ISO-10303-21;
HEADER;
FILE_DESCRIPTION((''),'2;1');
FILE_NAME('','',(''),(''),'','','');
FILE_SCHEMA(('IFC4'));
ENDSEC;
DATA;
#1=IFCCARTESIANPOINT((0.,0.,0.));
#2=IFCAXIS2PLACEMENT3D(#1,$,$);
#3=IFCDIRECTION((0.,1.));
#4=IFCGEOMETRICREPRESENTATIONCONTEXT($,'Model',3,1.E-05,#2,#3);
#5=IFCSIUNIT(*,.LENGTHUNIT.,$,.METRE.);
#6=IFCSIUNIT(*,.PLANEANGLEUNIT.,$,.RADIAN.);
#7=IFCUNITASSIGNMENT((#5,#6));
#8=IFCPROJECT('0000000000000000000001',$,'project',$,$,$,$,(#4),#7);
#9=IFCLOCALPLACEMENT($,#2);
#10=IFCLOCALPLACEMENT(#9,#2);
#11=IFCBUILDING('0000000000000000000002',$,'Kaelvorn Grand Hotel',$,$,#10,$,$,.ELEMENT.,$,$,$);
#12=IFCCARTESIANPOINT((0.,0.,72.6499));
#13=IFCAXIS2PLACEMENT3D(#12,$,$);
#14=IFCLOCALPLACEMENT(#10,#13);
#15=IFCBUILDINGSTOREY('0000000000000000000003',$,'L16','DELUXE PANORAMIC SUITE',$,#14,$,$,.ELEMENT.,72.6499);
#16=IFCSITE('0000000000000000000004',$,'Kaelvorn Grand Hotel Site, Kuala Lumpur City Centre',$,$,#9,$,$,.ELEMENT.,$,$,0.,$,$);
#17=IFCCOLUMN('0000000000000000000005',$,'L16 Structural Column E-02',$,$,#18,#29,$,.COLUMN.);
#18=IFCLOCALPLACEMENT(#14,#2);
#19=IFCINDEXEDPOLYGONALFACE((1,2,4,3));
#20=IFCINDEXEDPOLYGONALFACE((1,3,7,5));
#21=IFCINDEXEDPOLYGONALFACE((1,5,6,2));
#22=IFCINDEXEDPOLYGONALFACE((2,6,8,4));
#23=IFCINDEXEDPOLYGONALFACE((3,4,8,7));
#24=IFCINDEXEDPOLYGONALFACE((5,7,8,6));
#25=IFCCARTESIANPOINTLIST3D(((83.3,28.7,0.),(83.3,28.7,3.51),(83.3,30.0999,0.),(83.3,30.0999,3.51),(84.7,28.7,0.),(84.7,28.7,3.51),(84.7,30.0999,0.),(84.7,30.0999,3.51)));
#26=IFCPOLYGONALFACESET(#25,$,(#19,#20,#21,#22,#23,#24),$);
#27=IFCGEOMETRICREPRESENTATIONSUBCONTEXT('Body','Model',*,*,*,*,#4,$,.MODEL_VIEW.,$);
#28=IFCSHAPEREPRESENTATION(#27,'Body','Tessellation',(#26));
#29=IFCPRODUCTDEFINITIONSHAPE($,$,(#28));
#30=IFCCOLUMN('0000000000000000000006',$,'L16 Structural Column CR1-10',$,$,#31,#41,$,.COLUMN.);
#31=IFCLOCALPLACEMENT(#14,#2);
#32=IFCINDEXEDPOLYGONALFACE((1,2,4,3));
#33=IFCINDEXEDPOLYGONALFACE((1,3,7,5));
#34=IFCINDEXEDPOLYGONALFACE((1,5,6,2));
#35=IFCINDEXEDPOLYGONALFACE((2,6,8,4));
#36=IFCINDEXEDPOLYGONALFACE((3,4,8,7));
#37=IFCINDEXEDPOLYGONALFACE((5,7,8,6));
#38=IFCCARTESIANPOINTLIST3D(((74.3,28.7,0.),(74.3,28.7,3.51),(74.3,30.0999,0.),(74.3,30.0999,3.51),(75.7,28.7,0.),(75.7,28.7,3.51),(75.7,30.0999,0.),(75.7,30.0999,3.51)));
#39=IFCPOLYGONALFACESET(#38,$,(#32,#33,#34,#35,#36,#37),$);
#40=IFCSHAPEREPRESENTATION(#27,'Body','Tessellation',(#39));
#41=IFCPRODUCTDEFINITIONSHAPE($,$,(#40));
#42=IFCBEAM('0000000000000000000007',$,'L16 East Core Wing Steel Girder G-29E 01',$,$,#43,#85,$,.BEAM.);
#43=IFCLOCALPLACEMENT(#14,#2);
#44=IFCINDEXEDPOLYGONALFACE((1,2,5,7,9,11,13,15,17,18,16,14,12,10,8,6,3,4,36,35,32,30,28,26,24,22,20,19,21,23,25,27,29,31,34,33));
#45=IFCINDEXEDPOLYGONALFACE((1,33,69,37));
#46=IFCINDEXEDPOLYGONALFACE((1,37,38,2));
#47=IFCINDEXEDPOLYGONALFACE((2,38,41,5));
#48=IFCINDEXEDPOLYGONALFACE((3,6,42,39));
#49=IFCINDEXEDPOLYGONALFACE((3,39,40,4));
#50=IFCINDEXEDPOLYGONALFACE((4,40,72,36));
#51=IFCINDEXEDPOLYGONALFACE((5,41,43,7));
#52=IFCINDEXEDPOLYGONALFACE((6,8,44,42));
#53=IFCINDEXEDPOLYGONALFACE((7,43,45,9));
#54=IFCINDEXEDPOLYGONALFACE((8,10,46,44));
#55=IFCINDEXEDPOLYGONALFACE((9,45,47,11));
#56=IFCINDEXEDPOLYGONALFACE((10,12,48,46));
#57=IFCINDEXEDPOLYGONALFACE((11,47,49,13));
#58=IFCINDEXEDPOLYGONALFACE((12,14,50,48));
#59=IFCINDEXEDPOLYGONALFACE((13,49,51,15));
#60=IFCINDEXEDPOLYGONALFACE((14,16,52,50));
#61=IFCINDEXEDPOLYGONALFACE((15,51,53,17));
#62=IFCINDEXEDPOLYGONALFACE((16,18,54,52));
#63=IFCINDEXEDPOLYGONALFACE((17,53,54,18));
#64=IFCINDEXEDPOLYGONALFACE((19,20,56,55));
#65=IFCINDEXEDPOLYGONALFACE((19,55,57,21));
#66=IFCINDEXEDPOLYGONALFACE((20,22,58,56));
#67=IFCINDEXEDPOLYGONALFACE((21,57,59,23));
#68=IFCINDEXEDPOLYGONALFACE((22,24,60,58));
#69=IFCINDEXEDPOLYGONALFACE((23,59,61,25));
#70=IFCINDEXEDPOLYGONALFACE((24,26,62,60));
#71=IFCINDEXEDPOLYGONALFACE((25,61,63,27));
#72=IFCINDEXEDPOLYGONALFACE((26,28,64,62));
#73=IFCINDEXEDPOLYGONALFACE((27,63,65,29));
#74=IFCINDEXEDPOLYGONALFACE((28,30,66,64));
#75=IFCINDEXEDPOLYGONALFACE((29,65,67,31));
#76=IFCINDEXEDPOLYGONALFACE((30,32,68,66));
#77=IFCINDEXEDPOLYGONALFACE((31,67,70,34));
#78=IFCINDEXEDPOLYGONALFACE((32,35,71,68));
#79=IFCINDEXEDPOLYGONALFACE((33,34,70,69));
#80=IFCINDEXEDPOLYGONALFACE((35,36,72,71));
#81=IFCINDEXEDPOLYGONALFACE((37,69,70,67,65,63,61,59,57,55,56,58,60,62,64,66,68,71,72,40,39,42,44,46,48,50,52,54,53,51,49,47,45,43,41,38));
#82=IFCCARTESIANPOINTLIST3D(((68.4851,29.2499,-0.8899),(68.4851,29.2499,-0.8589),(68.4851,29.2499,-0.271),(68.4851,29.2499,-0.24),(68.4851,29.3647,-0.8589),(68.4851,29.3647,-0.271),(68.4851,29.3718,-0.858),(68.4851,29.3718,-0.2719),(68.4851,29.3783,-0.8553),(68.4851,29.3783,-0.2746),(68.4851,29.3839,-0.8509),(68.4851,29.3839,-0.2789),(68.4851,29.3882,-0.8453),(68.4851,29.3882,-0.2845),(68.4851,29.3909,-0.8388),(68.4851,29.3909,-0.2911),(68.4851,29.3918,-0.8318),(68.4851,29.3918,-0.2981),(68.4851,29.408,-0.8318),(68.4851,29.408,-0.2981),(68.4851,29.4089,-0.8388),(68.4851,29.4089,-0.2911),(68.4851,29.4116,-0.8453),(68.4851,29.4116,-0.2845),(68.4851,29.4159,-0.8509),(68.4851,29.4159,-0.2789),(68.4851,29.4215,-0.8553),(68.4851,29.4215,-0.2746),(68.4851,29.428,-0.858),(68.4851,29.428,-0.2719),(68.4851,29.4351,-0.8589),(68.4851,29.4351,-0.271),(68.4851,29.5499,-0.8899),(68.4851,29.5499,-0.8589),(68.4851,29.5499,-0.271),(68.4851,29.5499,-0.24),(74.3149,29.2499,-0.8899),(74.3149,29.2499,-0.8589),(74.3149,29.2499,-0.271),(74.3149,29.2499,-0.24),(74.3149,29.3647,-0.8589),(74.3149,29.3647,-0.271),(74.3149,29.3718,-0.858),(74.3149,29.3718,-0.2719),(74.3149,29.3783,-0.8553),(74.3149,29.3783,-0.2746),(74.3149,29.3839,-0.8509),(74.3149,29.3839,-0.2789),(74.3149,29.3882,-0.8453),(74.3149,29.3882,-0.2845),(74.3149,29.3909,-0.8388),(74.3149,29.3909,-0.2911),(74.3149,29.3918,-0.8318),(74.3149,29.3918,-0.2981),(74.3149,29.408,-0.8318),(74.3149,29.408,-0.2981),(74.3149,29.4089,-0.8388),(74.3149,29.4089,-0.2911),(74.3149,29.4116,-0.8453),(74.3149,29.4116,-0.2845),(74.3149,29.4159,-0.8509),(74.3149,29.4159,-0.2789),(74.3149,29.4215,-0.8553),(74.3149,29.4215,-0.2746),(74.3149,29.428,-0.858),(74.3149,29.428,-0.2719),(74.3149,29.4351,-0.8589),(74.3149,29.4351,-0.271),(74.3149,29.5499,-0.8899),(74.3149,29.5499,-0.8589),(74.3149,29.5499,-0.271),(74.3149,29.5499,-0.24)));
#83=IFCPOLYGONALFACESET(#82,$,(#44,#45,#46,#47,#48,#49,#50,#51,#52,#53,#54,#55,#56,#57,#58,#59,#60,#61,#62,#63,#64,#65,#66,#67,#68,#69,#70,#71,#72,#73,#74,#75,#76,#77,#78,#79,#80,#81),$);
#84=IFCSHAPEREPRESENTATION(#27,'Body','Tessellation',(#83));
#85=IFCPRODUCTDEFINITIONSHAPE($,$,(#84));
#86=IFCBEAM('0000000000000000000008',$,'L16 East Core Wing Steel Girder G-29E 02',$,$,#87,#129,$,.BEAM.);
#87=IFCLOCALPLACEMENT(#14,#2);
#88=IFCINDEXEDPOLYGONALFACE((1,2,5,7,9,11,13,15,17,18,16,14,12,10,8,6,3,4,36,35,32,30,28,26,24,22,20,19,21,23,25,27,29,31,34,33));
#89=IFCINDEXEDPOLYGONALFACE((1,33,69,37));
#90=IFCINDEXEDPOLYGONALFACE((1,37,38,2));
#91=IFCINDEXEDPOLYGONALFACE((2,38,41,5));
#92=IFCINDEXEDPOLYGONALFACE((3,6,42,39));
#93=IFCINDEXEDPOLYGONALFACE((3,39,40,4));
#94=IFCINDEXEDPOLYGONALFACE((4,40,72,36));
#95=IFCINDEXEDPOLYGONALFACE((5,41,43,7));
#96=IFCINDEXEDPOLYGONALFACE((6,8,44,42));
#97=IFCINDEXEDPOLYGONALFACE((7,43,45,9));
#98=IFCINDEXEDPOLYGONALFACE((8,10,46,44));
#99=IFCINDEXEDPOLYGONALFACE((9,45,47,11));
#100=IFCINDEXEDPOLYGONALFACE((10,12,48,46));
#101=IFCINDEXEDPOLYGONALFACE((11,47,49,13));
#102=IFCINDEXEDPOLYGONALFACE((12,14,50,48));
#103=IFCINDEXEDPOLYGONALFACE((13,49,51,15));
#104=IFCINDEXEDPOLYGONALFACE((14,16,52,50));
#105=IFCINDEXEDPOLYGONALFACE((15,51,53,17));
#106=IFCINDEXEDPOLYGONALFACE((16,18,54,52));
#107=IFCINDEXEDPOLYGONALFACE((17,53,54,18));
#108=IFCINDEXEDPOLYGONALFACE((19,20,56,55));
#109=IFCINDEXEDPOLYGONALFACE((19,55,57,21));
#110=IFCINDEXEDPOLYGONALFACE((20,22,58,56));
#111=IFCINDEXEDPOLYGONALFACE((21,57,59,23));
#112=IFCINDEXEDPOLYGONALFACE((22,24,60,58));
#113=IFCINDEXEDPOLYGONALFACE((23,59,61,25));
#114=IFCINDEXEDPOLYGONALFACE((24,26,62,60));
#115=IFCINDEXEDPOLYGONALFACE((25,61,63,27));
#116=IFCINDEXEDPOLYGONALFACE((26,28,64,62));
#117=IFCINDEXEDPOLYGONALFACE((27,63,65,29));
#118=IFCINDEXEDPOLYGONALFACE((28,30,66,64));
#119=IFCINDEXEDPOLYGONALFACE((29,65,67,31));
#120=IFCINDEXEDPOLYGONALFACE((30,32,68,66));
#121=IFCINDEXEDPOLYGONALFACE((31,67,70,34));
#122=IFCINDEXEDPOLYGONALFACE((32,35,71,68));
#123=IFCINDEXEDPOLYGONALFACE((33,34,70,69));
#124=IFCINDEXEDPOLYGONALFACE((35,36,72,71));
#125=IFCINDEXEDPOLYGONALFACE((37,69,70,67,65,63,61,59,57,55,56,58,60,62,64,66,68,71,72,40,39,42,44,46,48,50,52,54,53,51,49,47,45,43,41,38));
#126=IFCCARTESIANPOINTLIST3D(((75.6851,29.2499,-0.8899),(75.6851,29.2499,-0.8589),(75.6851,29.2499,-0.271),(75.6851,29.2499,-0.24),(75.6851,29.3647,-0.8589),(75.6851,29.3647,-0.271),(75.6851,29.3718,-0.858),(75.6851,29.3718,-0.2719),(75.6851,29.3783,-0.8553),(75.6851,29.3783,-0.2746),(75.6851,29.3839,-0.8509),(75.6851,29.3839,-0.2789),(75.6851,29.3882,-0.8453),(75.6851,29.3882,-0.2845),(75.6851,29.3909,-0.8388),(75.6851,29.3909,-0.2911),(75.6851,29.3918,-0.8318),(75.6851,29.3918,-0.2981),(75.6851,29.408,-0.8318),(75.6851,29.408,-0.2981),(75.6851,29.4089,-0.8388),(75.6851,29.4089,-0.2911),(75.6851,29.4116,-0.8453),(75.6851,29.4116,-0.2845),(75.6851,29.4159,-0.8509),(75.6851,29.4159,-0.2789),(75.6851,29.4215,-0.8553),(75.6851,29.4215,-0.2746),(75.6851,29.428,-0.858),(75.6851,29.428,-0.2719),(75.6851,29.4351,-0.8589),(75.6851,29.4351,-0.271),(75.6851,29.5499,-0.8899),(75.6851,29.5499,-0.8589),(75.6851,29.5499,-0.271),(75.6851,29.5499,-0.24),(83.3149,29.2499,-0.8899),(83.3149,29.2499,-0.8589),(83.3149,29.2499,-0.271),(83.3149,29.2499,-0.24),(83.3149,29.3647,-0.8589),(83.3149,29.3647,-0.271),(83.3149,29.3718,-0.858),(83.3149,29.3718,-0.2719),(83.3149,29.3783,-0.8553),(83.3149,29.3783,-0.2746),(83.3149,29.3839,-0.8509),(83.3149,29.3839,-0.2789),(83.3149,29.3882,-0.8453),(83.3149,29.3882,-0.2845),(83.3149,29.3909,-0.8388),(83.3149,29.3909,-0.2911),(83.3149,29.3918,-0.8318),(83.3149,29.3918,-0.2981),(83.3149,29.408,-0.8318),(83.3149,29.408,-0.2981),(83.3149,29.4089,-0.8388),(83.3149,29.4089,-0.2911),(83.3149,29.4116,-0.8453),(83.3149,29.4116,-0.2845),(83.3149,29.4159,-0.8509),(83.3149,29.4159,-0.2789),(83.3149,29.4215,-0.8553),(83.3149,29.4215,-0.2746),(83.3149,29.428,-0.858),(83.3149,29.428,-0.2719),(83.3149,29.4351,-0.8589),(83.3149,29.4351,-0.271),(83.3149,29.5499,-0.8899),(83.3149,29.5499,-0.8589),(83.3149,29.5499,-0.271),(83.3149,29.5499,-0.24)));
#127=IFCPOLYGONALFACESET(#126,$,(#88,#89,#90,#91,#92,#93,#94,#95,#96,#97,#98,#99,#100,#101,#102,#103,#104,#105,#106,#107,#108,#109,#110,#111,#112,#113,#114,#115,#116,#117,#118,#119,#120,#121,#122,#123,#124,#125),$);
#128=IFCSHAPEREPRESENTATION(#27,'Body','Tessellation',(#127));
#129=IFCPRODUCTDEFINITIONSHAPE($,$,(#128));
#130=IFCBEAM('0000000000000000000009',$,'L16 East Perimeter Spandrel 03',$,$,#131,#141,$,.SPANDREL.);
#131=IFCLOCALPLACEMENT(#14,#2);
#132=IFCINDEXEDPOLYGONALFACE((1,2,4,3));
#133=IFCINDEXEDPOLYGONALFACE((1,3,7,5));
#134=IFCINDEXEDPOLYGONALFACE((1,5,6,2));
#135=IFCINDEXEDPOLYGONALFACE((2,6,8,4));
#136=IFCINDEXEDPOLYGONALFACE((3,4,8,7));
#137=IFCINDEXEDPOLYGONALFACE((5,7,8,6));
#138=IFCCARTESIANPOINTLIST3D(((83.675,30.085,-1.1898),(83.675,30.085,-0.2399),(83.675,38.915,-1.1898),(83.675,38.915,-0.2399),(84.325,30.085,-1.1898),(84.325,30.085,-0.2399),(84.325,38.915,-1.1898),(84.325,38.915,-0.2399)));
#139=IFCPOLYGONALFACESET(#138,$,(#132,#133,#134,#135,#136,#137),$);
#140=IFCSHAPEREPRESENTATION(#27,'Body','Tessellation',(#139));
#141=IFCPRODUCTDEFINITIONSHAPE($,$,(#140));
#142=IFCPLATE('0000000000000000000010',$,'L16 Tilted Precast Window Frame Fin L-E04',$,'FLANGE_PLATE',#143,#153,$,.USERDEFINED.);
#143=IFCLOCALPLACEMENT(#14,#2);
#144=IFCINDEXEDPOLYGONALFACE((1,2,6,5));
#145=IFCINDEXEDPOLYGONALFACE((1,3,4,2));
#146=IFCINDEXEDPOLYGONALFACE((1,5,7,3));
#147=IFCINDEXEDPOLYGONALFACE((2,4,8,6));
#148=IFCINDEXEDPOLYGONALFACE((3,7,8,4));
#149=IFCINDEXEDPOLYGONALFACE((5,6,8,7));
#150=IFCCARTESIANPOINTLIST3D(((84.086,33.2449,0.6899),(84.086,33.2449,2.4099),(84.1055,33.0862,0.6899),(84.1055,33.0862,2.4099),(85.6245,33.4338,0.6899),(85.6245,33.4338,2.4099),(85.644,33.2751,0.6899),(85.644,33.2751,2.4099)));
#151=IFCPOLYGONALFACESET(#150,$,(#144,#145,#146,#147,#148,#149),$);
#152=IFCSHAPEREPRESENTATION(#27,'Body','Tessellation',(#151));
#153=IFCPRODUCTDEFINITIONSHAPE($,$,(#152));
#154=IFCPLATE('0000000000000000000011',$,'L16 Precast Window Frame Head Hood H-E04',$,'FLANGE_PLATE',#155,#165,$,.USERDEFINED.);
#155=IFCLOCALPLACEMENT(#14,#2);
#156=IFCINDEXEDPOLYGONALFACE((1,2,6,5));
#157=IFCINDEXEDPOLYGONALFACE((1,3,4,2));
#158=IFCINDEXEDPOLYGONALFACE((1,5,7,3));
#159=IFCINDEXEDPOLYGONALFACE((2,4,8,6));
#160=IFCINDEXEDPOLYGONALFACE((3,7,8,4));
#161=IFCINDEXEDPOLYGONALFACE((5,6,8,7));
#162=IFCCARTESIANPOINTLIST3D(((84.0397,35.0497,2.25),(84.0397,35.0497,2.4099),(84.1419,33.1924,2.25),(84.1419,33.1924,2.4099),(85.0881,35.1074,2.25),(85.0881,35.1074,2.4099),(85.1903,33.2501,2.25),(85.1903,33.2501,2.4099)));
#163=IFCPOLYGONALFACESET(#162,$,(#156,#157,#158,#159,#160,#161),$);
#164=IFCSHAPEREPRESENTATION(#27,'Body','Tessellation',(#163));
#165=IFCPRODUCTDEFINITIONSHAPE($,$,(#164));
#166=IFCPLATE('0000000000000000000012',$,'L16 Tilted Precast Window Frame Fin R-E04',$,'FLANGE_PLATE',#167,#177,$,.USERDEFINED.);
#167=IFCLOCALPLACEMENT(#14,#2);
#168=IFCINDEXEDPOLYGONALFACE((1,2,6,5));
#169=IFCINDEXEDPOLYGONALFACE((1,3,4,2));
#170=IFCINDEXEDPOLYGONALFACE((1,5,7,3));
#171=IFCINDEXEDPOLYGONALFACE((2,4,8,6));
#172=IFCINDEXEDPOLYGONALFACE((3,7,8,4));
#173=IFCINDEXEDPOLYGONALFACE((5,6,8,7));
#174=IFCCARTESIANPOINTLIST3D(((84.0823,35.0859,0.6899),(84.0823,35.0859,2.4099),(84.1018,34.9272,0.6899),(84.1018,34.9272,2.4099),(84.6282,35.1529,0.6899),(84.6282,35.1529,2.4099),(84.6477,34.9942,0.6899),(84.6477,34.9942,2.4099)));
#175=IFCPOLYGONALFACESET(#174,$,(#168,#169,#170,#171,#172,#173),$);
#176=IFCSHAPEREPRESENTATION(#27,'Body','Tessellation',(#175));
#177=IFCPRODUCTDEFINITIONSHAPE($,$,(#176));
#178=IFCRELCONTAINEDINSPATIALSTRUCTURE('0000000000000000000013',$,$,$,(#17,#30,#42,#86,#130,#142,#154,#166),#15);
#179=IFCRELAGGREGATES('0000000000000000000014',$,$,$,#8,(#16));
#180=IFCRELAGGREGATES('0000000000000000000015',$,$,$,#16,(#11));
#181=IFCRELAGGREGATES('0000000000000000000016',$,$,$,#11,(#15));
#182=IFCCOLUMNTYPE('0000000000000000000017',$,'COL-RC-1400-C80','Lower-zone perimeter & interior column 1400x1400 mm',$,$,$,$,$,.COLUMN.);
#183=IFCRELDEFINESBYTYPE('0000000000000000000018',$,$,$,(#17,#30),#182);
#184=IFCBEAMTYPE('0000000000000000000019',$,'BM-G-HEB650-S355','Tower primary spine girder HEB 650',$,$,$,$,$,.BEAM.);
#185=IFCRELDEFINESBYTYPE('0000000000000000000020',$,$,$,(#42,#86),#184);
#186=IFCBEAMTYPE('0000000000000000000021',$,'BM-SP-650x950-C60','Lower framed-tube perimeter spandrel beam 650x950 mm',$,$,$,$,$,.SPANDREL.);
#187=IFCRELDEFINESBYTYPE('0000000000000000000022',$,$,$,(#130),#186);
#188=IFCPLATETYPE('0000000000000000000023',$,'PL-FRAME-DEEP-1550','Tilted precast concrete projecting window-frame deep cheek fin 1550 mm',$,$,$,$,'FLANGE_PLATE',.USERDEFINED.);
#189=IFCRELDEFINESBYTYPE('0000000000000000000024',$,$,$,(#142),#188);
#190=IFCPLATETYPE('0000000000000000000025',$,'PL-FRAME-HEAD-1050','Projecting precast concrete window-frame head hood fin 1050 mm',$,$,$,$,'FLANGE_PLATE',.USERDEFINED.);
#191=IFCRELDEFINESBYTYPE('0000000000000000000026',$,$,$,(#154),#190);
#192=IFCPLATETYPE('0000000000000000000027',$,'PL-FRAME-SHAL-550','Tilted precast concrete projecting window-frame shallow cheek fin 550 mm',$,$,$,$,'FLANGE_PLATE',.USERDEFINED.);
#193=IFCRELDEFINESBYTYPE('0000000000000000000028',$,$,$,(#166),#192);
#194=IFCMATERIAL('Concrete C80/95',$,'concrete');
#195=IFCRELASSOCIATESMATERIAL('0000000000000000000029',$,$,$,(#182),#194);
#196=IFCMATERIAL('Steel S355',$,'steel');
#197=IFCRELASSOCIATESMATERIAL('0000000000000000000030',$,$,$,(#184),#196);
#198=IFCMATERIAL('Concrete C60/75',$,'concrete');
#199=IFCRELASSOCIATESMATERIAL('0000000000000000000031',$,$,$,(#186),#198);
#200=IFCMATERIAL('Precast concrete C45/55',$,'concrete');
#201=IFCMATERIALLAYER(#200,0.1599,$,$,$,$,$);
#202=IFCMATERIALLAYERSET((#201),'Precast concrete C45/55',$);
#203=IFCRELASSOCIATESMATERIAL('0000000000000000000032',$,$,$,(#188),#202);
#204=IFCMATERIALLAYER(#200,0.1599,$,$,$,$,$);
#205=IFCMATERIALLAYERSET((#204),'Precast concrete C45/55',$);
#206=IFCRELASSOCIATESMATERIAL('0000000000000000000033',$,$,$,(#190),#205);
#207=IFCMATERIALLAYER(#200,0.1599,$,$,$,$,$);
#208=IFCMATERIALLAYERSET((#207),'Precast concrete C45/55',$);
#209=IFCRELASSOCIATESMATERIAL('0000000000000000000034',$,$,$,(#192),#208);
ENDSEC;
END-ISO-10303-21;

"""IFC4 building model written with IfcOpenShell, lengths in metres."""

from ifc_helpers import new_model, si_unit, direction, frame, origin, origin_2d, place, context, subcontext, project, spatial, rectangle, i_section, extrude, material, layer, layer_set, material_profile, profile_set, type_object, element, save


model = new_model("IFC4")

# Units and contexts
model_context = context("Model", 3, precision=1e-05, world=origin(), true_north=direction((0.0, 1.0)))
body_context = subcontext(model_context, "Body", "Model", "MODEL_VIEW")
ifc_project = project(units=[si_unit("LENGTHUNIT", "METRE"), si_unit("PLANEANGLEUNIT", "RADIAN")], contexts=[model_context])

# Site, building, storey
site_placement = place(None, origin())
site = spatial("IfcSite", under=ifc_project, at=site_placement, Name="Kaelvorn Grand Hotel Site, Kuala Lumpur City Centre", CompositionType="ELEMENT", RefElevation=0.0)
building_placement = place(site_placement, origin())
building = spatial("IfcBuilding", under=site, at=building_placement, Name="Kaelvorn Grand Hotel", CompositionType="ELEMENT")
storey_placement = place(building_placement, frame((0.0, 0.0, 72.6499)))
storey = spatial("IfcBuildingStorey", under=building, at=storey_placement, Name="L16", Description="DELUXE PANORAMIC SUITE", CompositionType="ELEMENT", Elevation=72.6499)

# Columns
ifc_material_1 = material(Name="Concrete C80/95", Category="concrete")
ifc_material_profile_1 = material_profile(ifc_material_1, rectangle(XDim=1.3999, YDim=1.3999, at=origin_2d()), Name="RC COL 1400x1400")
ifc_profile_set_1 = profile_set([ifc_material_profile_1], Name="Concrete C80/95")
column_type = type_object("IfcColumnType", Name="COL-RC-1400-C80", Description="Lower-zone perimeter & interior column 1400x1400 mm", PredefinedType="COLUMN", material=ifc_profile_set_1)
for number, where, z_axis, x_axis, name in (
    (1, (84.0, 29.3999, 0.0), (0.0, 0.0, 1.0), (1.0, 0.0, 0.0), "L16 Structural Column E-02"),
    (2, (75.0, 29.3999, 0.0), (0.0, 0.0, 1.0), (1.0, 0.0, 0.0), "L16 Structural Column CR1-10"),
):
    element("IfcColumn", number, at=place(storey_placement, frame(where, z_axis=z_axis, x_axis=x_axis)), inside=storey, type_object=column_type, Name=name, PredefinedType="COLUMN", context=body_context, shape_type="SweptSolid", body=[
        extrude(rectangle(XDim=1.3999, YDim=1.3999, at=origin_2d()), origin(), (0.0, 0.0, 1.0), 3.51),
    ])

# Beams
ifc_material_2 = material(Name="Steel S355", Category="steel")
ifc_material_profile_2 = material_profile(ifc_material_2, i_section(OverallWidth=0.3, OverallDepth=0.6499, WebThickness=0.0161, FlangeThickness=0.031, FilletRadius=0.0271, at=origin_2d()), Name="HEB 650")
ifc_profile_set_2 = profile_set([ifc_material_profile_2], Name="Steel S355")
beam_type_1 = type_object("IfcBeamType", Name="BM-G-HEB650-S355", Description="Tower primary spine girder HEB 650", PredefinedType="BEAM", material=ifc_profile_set_2)
beam_1_placement = place(storey_placement, frame((68.4851, 29.3999, -0.5649), z_axis=(1.0, 0.0, 0.0), x_axis=(0.0, 1.0, 0.0)))
element("IfcBeam", 3, at=beam_1_placement, inside=storey, type_object=beam_type_1, Name="L16 East Core Wing Steel Girder G-29E 01", PredefinedType="BEAM", context=body_context, shape_type="SweptSolid", body=[
    extrude(i_section(OverallWidth=0.3, OverallDepth=0.6499, WebThickness=0.0161, FlangeThickness=0.031, FilletRadius=0.0271, at=origin_2d()), origin(), (0.0, 0.0, 1.0), 5.8298),
])
beam_2_placement = place(storey_placement, frame((75.6851, 29.3999, -0.5649), z_axis=(1.0, 0.0, 0.0), x_axis=(0.0, 1.0, 0.0)))
element("IfcBeam", 4, at=beam_2_placement, inside=storey, type_object=beam_type_1, Name="L16 East Core Wing Steel Girder G-29E 02", PredefinedType="BEAM", context=body_context, shape_type="SweptSolid", body=[
    extrude(i_section(OverallWidth=0.3, OverallDepth=0.6499, WebThickness=0.0161, FlangeThickness=0.031, FilletRadius=0.0271, at=origin_2d()), origin(), (0.0, 0.0, 1.0), 7.6299),
])
ifc_material_3 = material(Name="Concrete C60/75", Category="concrete")
ifc_material_profile_3 = material_profile(ifc_material_3, rectangle(XDim=0.6499, YDim=0.95, at=origin_2d()), Name="RC SPANDREL 650x950")
ifc_profile_set_3 = profile_set([ifc_material_profile_3], Name="Concrete C60/75")
beam_type_2 = type_object("IfcBeamType", Name="BM-SP-650x950-C60", Description="Lower framed-tube perimeter spandrel beam 650x950 mm", PredefinedType="SPANDREL", material=ifc_profile_set_3)
beam_3_placement = place(storey_placement, frame((84.0, 30.085, -0.7148), z_axis=(0.0, 1.0, 0.0), x_axis=(-1.0, 0.0, 0.0)))
element("IfcBeam", 5, at=beam_3_placement, inside=storey, type_object=beam_type_2, Name="L16 East Perimeter Spandrel 03", PredefinedType="SPANDREL", context=body_context, shape_type="SweptSolid", body=[
    extrude(rectangle(XDim=0.6499, YDim=0.95, at=origin_2d()), origin(), (0.0, 0.0, 1.0), 8.8301),
])

# Plates
ifc_material_4 = material(Name="Precast concrete C45/55", Category="concrete")
ifc_layer_1 = layer(ifc_material_4, 0.1599)
ifc_layer_set_1 = layer_set([ifc_layer_1], Name="Precast concrete C45/55")
plate_type_1 = type_object("IfcPlateType", Name="PL-FRAME-DEEP-1550", Description="Tilted precast concrete projecting window-frame deep cheek fin 1550 mm", ElementType="FLANGE_PLATE", PredefinedType="USERDEFINED", material=ifc_layer_set_1)
plate_1_placement = place(storey_placement, frame((84.865, 33.26, 0.6899), z_axis=(0.0, 0.0, 1.0), x_axis=(-0.121869, 0.992546, 0.0)))
element("IfcPlate", 6, at=plate_1_placement, inside=storey, type_object=plate_type_1, Name="L16 Tilted Precast Window Frame Fin L-E04", ObjectType="FLANGE_PLATE", PredefinedType="USERDEFINED", context=body_context, shape_type="SweptSolid", body=[
    extrude(rectangle(XDim=0.1599, YDim=1.55, at=origin_2d()), origin(), (0.0, 0.0, 1.0), 1.72),
])
ifc_layer_2 = layer(ifc_material_4, 0.1599)
ifc_layer_set_2 = layer_set([ifc_layer_2], Name="Precast concrete C45/55")
plate_type_2 = type_object("IfcPlateType", Name="PL-FRAME-HEAD-1050", Description="Projecting precast concrete window-frame head hood fin 1050 mm", ElementType="FLANGE_PLATE", PredefinedType="USERDEFINED", material=ifc_layer_set_2)
plate_2_placement = place(storey_placement, frame((84.615, 34.1499, 2.25), z_axis=(0.0, 0.0, 1.0), x_axis=(-0.05495, 0.998489, 0.0)))
element("IfcPlate", 7, at=plate_2_placement, inside=storey, type_object=plate_type_2, Name="L16 Precast Window Frame Head Hood H-E04", ObjectType="FLANGE_PLATE", PredefinedType="USERDEFINED", context=body_context, shape_type="SweptSolid", body=[
    extrude(rectangle(XDim=1.8601, YDim=1.05, at=origin_2d()), origin(), (0.0, 0.0, 1.0), 0.1599),
])
ifc_layer_3 = layer(ifc_material_4, 0.1599)
ifc_layer_set_3 = layer_set([ifc_layer_3], Name="Precast concrete C45/55")
plate_type_3 = type_object("IfcPlateType", Name="PL-FRAME-SHAL-550", Description="Tilted precast concrete projecting window-frame shallow cheek fin 550 mm", ElementType="FLANGE_PLATE", PredefinedType="USERDEFINED", material=ifc_layer_set_3)
plate_3_placement = place(storey_placement, frame((84.365, 35.04, 0.6899), z_axis=(0.0, 0.0, 1.0), x_axis=(-0.121869, 0.992546, 0.0)))
element("IfcPlate", 8, at=plate_3_placement, inside=storey, type_object=plate_type_3, Name="L16 Tilted Precast Window Frame Fin R-E04", ObjectType="FLANGE_PLATE", PredefinedType="USERDEFINED", context=body_context, shape_type="SweptSolid", body=[
    extrude(rectangle(XDim=0.1599, YDim=0.55, at=origin_2d()), origin(), (0.0, 0.0, 1.0), 1.72),
])

save(model, "model.ifc")
